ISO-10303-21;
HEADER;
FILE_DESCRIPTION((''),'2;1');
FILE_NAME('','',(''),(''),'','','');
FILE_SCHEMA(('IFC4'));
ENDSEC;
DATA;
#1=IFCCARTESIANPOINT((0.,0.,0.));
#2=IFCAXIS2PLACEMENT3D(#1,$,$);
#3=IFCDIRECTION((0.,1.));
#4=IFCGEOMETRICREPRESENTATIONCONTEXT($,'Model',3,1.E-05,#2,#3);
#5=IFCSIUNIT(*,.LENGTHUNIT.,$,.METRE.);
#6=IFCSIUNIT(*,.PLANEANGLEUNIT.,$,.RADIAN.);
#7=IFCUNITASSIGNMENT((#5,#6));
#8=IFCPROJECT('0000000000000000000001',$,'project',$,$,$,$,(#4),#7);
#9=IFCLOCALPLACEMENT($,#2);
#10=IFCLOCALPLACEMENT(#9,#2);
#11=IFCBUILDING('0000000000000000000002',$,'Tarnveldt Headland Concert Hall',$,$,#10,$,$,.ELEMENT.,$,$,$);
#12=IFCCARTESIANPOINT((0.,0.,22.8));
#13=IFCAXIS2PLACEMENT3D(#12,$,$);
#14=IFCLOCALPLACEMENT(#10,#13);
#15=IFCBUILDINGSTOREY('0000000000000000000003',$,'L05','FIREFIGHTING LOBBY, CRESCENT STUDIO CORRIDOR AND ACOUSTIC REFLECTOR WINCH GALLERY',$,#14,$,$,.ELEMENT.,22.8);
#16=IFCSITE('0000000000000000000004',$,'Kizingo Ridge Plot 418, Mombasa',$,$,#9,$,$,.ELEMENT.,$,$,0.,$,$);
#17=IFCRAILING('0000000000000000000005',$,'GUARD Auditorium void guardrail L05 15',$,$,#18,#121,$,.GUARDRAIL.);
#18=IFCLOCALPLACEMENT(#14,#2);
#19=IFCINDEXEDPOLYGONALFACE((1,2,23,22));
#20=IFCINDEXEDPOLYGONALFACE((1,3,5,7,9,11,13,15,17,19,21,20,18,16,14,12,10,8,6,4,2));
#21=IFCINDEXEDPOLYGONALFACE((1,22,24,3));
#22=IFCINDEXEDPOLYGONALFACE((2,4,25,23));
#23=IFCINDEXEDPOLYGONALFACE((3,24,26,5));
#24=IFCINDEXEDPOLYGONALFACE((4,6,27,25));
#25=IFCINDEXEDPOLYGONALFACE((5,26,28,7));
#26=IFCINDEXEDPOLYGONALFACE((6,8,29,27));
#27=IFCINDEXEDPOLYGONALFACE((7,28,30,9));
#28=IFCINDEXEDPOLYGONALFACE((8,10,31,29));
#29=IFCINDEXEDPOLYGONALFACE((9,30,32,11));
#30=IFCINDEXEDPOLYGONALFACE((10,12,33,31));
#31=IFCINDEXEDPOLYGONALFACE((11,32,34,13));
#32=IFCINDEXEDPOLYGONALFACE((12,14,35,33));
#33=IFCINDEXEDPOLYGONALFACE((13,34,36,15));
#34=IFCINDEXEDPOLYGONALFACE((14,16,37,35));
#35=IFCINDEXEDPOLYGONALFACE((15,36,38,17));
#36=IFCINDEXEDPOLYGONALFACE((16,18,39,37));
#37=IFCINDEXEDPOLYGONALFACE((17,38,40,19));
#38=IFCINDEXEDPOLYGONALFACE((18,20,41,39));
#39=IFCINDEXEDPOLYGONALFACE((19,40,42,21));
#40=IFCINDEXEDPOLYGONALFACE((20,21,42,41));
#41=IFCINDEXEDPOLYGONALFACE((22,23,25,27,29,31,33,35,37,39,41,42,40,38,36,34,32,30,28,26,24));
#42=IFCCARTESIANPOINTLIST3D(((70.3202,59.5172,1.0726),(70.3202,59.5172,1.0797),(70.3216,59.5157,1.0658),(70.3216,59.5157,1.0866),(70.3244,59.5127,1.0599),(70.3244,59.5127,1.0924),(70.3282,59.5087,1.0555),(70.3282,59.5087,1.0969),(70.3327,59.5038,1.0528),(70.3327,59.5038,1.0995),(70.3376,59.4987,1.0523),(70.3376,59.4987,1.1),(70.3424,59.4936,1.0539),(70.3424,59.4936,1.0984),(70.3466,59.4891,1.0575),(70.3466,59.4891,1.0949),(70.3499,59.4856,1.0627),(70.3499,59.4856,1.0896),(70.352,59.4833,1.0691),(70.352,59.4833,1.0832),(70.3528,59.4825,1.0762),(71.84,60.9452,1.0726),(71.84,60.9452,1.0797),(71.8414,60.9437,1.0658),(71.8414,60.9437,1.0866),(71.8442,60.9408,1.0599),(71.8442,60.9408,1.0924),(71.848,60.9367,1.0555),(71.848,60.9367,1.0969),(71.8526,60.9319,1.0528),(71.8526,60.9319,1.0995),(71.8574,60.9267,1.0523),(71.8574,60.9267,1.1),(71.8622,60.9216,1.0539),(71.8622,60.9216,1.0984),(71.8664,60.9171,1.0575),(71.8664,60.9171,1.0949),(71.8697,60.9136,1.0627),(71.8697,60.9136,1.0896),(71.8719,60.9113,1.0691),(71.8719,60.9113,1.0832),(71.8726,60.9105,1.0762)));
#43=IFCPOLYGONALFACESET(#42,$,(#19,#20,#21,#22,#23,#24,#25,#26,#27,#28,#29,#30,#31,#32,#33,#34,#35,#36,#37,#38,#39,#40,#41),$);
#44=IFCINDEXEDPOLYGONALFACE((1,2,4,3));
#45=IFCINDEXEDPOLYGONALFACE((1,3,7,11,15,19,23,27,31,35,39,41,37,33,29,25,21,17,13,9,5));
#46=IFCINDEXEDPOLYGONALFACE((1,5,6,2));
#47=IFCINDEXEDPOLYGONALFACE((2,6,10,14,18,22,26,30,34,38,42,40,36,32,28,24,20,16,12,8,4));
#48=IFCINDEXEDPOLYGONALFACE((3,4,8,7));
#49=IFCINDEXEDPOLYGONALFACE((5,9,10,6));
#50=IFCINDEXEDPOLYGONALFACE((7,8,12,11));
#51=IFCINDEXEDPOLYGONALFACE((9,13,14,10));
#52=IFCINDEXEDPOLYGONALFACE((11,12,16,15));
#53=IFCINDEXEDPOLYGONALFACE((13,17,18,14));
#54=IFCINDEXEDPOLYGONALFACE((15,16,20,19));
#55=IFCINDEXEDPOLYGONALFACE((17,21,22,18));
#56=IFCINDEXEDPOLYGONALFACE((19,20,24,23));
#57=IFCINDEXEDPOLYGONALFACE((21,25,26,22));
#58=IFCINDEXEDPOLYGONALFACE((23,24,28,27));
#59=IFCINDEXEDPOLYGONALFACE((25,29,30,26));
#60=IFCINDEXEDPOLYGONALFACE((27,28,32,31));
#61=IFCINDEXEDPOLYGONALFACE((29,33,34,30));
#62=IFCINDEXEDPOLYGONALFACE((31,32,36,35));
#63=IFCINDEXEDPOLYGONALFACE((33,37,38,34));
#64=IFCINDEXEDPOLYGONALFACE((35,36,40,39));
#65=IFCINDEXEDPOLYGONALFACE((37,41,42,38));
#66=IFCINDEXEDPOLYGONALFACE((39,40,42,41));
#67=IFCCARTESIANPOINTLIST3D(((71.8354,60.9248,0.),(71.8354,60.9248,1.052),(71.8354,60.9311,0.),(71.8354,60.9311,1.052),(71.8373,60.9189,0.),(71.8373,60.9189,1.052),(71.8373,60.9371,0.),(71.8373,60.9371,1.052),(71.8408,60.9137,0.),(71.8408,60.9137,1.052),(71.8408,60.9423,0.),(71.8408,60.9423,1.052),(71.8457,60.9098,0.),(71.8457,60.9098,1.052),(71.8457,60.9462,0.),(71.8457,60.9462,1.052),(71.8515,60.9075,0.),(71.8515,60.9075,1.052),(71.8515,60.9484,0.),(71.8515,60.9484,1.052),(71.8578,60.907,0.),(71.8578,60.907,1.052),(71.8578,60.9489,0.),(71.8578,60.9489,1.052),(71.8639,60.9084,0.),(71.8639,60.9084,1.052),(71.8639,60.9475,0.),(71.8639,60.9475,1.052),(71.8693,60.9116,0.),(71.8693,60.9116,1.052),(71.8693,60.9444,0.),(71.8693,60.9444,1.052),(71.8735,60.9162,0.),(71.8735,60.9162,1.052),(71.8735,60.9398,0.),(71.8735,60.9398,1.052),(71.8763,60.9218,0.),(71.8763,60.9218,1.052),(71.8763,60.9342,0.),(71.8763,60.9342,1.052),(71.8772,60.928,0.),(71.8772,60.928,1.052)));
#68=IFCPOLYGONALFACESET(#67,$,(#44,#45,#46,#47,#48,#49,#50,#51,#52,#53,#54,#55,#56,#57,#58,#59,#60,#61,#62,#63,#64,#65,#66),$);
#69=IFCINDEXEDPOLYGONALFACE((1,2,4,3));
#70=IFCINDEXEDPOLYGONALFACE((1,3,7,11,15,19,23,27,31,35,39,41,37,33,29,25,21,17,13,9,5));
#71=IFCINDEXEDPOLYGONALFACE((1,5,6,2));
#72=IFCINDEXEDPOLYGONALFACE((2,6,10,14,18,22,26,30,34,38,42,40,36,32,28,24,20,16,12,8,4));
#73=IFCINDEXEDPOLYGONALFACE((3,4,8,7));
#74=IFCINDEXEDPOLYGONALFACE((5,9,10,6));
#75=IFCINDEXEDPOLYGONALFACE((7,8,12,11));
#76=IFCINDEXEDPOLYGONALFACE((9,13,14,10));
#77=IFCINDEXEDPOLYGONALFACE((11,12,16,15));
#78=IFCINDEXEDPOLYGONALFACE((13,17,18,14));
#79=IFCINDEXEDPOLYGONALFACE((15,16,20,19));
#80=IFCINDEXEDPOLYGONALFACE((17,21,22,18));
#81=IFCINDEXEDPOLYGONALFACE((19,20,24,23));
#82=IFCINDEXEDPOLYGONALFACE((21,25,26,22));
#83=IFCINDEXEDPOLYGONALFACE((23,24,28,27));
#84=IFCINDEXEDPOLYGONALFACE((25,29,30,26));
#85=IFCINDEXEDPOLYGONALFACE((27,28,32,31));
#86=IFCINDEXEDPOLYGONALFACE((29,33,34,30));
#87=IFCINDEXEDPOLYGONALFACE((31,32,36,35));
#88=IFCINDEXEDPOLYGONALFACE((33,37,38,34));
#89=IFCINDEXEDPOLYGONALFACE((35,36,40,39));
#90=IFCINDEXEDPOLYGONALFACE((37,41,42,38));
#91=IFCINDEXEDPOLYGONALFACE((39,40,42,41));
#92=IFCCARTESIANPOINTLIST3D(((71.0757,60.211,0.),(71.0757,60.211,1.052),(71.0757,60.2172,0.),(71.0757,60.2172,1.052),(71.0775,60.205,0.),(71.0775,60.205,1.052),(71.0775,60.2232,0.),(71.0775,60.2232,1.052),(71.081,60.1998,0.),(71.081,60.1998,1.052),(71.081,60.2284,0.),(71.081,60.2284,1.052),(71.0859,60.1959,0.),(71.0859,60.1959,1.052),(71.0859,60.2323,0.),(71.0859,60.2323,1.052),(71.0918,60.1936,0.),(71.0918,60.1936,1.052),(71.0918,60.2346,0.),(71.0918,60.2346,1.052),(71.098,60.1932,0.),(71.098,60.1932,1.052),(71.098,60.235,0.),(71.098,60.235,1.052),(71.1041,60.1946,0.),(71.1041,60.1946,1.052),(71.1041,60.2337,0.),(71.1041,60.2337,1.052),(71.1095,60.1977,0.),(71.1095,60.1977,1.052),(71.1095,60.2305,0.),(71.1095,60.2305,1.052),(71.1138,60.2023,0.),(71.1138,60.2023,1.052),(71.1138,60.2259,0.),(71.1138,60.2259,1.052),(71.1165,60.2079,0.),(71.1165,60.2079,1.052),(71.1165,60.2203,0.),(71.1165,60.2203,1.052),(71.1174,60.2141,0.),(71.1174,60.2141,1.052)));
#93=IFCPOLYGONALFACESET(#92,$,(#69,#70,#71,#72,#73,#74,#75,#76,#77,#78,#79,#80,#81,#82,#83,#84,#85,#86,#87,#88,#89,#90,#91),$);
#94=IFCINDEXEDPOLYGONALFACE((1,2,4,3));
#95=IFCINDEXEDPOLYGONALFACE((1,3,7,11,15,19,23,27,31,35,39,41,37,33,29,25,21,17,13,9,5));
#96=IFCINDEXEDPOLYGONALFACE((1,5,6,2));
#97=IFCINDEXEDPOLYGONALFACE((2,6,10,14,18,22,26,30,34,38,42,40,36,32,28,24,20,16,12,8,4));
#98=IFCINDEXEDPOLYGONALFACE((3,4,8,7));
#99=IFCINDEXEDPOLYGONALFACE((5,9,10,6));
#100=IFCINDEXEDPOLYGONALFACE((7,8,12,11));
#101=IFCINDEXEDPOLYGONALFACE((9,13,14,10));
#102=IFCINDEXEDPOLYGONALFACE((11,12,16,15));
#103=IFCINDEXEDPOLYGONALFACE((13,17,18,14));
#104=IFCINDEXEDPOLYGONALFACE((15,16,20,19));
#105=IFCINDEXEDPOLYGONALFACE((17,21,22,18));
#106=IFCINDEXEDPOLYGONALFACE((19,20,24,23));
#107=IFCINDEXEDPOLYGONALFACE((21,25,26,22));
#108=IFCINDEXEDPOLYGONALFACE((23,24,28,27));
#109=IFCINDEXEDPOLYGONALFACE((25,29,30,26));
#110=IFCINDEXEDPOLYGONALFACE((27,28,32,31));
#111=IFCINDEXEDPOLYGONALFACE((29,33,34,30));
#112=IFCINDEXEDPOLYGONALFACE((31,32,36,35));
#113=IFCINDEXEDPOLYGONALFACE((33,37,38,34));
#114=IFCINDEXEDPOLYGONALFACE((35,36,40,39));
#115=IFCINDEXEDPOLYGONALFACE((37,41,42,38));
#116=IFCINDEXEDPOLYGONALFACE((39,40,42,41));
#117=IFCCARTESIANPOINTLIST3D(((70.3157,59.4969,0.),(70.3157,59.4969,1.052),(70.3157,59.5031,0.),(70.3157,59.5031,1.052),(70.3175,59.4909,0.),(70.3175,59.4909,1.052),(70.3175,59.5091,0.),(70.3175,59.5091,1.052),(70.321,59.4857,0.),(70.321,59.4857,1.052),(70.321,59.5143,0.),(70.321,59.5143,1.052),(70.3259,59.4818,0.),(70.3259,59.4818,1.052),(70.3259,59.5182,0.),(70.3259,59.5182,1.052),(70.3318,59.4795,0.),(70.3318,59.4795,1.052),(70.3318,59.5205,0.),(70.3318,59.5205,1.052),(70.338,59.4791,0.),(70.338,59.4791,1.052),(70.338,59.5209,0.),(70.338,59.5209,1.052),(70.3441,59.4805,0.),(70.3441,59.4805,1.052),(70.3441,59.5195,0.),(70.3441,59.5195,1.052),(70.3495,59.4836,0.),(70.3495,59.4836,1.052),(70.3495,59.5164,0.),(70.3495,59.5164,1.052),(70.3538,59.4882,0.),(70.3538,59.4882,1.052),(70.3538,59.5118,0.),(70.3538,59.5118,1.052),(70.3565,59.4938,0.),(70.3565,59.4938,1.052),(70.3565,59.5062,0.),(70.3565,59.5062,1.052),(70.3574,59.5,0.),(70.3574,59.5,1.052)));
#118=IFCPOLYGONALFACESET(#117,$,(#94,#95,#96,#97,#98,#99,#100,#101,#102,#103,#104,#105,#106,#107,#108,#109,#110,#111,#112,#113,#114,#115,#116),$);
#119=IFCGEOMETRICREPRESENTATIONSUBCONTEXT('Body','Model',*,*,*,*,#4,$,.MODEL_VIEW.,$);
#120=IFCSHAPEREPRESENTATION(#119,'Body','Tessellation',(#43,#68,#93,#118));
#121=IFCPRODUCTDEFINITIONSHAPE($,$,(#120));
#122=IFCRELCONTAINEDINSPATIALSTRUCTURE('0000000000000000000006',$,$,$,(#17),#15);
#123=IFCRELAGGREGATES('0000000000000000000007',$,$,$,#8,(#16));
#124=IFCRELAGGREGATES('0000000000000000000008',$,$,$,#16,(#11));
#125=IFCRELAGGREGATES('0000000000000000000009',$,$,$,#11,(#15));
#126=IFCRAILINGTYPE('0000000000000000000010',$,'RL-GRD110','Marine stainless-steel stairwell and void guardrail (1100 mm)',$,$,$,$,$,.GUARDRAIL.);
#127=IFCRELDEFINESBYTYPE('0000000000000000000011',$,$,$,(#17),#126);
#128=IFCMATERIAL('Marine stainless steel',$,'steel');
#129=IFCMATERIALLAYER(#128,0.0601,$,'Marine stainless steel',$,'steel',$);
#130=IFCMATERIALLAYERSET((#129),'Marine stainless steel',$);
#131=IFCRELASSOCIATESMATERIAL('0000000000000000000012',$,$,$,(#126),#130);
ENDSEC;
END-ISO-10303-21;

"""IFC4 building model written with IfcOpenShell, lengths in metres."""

from ifc_helpers import new_model, si_unit, direction, frame, origin, origin_2d, place, context, subcontext, project, spatial, circle, extrude, material, layer, layer_set, type_object, element, save


model = new_model("IFC4")

# Units and contexts
model_context = context("Model", 3, precision=1e-05, world=origin(), true_north=direction((0.0, 1.0)))
body_context = subcontext(model_context, "Body", "Model", "MODEL_VIEW")
ifc_project = project(units=[si_unit("LENGTHUNIT", "METRE"), si_unit("PLANEANGLEUNIT", "RADIAN")], contexts=[model_context])

# Site, building, storey
site_placement = place(None, origin())
site = spatial("IfcSite", under=ifc_project, at=site_placement, Name="Kizingo Ridge Plot 418, Mombasa", CompositionType="ELEMENT", RefElevation=0.0)
building_placement = place(site_placement, origin())
building = spatial("IfcBuilding", under=site, at=building_placement, Name="Tarnveldt Headland Concert Hall", CompositionType="ELEMENT")
storey_placement = place(building_placement, frame((0.0, 0.0, 22.8)))
storey = spatial("IfcBuildingStorey", under=building, at=storey_placement, Name="L05", Description="FIREFIGHTING LOBBY, CRESCENT STUDIO CORRIDOR AND ACOUSTIC REFLECTOR WINCH GALLERY", CompositionType="ELEMENT", Elevation=22.8)

# Railing
ifc_material_1 = material(Name="Marine stainless steel", Category="steel")
ifc_layer_1 = layer(ifc_material_1, 0.0601, Name="Marine stainless steel", Category="steel")
ifc_layer_set_1 = layer_set([ifc_layer_1], Name="Marine stainless steel")
railing_type = type_object("IfcRailingType", Name="RL-GRD110", Description="Marine stainless-steel stairwell and void guardrail (1100 mm)", PredefinedType="GUARDRAIL", material=ifc_layer_set_1)
railing_1_placement = place(storey_placement, frame((71.8562, 60.928, 0.0)))
element("IfcRailing", 1, at=railing_1_placement, inside=storey, type_object=railing_type, Name="GUARD Auditorium void guardrail L05 15", PredefinedType="GUARDRAIL", context=body_context, shape_type="SweptSolid", body=[
    extrude(circle(Radius=0.0239, at=origin_2d()), frame((0.0, 0.0, 1.0762), z_axis=(-0.728774, -0.684755, 0.0), x_axis=(0.684755, -0.728774, 0.0)), (0.0, 0.0, 1.0), 2.0854),
    extrude(circle(Radius=0.021, at=origin_2d()), origin(), (0.0, 0.0, 1.0), 1.052),
    extrude(circle(Radius=0.021, at=origin_2d()), frame((-0.7598, -0.7139, 0.0)), (0.0, 0.0, 1.0), 1.052),
    extrude(circle(Radius=0.021, at=origin_2d()), frame((-1.5198, -1.428, 0.0)), (0.0, 0.0, 1.0), 1.052),
])

save(model, "model.ifc")
